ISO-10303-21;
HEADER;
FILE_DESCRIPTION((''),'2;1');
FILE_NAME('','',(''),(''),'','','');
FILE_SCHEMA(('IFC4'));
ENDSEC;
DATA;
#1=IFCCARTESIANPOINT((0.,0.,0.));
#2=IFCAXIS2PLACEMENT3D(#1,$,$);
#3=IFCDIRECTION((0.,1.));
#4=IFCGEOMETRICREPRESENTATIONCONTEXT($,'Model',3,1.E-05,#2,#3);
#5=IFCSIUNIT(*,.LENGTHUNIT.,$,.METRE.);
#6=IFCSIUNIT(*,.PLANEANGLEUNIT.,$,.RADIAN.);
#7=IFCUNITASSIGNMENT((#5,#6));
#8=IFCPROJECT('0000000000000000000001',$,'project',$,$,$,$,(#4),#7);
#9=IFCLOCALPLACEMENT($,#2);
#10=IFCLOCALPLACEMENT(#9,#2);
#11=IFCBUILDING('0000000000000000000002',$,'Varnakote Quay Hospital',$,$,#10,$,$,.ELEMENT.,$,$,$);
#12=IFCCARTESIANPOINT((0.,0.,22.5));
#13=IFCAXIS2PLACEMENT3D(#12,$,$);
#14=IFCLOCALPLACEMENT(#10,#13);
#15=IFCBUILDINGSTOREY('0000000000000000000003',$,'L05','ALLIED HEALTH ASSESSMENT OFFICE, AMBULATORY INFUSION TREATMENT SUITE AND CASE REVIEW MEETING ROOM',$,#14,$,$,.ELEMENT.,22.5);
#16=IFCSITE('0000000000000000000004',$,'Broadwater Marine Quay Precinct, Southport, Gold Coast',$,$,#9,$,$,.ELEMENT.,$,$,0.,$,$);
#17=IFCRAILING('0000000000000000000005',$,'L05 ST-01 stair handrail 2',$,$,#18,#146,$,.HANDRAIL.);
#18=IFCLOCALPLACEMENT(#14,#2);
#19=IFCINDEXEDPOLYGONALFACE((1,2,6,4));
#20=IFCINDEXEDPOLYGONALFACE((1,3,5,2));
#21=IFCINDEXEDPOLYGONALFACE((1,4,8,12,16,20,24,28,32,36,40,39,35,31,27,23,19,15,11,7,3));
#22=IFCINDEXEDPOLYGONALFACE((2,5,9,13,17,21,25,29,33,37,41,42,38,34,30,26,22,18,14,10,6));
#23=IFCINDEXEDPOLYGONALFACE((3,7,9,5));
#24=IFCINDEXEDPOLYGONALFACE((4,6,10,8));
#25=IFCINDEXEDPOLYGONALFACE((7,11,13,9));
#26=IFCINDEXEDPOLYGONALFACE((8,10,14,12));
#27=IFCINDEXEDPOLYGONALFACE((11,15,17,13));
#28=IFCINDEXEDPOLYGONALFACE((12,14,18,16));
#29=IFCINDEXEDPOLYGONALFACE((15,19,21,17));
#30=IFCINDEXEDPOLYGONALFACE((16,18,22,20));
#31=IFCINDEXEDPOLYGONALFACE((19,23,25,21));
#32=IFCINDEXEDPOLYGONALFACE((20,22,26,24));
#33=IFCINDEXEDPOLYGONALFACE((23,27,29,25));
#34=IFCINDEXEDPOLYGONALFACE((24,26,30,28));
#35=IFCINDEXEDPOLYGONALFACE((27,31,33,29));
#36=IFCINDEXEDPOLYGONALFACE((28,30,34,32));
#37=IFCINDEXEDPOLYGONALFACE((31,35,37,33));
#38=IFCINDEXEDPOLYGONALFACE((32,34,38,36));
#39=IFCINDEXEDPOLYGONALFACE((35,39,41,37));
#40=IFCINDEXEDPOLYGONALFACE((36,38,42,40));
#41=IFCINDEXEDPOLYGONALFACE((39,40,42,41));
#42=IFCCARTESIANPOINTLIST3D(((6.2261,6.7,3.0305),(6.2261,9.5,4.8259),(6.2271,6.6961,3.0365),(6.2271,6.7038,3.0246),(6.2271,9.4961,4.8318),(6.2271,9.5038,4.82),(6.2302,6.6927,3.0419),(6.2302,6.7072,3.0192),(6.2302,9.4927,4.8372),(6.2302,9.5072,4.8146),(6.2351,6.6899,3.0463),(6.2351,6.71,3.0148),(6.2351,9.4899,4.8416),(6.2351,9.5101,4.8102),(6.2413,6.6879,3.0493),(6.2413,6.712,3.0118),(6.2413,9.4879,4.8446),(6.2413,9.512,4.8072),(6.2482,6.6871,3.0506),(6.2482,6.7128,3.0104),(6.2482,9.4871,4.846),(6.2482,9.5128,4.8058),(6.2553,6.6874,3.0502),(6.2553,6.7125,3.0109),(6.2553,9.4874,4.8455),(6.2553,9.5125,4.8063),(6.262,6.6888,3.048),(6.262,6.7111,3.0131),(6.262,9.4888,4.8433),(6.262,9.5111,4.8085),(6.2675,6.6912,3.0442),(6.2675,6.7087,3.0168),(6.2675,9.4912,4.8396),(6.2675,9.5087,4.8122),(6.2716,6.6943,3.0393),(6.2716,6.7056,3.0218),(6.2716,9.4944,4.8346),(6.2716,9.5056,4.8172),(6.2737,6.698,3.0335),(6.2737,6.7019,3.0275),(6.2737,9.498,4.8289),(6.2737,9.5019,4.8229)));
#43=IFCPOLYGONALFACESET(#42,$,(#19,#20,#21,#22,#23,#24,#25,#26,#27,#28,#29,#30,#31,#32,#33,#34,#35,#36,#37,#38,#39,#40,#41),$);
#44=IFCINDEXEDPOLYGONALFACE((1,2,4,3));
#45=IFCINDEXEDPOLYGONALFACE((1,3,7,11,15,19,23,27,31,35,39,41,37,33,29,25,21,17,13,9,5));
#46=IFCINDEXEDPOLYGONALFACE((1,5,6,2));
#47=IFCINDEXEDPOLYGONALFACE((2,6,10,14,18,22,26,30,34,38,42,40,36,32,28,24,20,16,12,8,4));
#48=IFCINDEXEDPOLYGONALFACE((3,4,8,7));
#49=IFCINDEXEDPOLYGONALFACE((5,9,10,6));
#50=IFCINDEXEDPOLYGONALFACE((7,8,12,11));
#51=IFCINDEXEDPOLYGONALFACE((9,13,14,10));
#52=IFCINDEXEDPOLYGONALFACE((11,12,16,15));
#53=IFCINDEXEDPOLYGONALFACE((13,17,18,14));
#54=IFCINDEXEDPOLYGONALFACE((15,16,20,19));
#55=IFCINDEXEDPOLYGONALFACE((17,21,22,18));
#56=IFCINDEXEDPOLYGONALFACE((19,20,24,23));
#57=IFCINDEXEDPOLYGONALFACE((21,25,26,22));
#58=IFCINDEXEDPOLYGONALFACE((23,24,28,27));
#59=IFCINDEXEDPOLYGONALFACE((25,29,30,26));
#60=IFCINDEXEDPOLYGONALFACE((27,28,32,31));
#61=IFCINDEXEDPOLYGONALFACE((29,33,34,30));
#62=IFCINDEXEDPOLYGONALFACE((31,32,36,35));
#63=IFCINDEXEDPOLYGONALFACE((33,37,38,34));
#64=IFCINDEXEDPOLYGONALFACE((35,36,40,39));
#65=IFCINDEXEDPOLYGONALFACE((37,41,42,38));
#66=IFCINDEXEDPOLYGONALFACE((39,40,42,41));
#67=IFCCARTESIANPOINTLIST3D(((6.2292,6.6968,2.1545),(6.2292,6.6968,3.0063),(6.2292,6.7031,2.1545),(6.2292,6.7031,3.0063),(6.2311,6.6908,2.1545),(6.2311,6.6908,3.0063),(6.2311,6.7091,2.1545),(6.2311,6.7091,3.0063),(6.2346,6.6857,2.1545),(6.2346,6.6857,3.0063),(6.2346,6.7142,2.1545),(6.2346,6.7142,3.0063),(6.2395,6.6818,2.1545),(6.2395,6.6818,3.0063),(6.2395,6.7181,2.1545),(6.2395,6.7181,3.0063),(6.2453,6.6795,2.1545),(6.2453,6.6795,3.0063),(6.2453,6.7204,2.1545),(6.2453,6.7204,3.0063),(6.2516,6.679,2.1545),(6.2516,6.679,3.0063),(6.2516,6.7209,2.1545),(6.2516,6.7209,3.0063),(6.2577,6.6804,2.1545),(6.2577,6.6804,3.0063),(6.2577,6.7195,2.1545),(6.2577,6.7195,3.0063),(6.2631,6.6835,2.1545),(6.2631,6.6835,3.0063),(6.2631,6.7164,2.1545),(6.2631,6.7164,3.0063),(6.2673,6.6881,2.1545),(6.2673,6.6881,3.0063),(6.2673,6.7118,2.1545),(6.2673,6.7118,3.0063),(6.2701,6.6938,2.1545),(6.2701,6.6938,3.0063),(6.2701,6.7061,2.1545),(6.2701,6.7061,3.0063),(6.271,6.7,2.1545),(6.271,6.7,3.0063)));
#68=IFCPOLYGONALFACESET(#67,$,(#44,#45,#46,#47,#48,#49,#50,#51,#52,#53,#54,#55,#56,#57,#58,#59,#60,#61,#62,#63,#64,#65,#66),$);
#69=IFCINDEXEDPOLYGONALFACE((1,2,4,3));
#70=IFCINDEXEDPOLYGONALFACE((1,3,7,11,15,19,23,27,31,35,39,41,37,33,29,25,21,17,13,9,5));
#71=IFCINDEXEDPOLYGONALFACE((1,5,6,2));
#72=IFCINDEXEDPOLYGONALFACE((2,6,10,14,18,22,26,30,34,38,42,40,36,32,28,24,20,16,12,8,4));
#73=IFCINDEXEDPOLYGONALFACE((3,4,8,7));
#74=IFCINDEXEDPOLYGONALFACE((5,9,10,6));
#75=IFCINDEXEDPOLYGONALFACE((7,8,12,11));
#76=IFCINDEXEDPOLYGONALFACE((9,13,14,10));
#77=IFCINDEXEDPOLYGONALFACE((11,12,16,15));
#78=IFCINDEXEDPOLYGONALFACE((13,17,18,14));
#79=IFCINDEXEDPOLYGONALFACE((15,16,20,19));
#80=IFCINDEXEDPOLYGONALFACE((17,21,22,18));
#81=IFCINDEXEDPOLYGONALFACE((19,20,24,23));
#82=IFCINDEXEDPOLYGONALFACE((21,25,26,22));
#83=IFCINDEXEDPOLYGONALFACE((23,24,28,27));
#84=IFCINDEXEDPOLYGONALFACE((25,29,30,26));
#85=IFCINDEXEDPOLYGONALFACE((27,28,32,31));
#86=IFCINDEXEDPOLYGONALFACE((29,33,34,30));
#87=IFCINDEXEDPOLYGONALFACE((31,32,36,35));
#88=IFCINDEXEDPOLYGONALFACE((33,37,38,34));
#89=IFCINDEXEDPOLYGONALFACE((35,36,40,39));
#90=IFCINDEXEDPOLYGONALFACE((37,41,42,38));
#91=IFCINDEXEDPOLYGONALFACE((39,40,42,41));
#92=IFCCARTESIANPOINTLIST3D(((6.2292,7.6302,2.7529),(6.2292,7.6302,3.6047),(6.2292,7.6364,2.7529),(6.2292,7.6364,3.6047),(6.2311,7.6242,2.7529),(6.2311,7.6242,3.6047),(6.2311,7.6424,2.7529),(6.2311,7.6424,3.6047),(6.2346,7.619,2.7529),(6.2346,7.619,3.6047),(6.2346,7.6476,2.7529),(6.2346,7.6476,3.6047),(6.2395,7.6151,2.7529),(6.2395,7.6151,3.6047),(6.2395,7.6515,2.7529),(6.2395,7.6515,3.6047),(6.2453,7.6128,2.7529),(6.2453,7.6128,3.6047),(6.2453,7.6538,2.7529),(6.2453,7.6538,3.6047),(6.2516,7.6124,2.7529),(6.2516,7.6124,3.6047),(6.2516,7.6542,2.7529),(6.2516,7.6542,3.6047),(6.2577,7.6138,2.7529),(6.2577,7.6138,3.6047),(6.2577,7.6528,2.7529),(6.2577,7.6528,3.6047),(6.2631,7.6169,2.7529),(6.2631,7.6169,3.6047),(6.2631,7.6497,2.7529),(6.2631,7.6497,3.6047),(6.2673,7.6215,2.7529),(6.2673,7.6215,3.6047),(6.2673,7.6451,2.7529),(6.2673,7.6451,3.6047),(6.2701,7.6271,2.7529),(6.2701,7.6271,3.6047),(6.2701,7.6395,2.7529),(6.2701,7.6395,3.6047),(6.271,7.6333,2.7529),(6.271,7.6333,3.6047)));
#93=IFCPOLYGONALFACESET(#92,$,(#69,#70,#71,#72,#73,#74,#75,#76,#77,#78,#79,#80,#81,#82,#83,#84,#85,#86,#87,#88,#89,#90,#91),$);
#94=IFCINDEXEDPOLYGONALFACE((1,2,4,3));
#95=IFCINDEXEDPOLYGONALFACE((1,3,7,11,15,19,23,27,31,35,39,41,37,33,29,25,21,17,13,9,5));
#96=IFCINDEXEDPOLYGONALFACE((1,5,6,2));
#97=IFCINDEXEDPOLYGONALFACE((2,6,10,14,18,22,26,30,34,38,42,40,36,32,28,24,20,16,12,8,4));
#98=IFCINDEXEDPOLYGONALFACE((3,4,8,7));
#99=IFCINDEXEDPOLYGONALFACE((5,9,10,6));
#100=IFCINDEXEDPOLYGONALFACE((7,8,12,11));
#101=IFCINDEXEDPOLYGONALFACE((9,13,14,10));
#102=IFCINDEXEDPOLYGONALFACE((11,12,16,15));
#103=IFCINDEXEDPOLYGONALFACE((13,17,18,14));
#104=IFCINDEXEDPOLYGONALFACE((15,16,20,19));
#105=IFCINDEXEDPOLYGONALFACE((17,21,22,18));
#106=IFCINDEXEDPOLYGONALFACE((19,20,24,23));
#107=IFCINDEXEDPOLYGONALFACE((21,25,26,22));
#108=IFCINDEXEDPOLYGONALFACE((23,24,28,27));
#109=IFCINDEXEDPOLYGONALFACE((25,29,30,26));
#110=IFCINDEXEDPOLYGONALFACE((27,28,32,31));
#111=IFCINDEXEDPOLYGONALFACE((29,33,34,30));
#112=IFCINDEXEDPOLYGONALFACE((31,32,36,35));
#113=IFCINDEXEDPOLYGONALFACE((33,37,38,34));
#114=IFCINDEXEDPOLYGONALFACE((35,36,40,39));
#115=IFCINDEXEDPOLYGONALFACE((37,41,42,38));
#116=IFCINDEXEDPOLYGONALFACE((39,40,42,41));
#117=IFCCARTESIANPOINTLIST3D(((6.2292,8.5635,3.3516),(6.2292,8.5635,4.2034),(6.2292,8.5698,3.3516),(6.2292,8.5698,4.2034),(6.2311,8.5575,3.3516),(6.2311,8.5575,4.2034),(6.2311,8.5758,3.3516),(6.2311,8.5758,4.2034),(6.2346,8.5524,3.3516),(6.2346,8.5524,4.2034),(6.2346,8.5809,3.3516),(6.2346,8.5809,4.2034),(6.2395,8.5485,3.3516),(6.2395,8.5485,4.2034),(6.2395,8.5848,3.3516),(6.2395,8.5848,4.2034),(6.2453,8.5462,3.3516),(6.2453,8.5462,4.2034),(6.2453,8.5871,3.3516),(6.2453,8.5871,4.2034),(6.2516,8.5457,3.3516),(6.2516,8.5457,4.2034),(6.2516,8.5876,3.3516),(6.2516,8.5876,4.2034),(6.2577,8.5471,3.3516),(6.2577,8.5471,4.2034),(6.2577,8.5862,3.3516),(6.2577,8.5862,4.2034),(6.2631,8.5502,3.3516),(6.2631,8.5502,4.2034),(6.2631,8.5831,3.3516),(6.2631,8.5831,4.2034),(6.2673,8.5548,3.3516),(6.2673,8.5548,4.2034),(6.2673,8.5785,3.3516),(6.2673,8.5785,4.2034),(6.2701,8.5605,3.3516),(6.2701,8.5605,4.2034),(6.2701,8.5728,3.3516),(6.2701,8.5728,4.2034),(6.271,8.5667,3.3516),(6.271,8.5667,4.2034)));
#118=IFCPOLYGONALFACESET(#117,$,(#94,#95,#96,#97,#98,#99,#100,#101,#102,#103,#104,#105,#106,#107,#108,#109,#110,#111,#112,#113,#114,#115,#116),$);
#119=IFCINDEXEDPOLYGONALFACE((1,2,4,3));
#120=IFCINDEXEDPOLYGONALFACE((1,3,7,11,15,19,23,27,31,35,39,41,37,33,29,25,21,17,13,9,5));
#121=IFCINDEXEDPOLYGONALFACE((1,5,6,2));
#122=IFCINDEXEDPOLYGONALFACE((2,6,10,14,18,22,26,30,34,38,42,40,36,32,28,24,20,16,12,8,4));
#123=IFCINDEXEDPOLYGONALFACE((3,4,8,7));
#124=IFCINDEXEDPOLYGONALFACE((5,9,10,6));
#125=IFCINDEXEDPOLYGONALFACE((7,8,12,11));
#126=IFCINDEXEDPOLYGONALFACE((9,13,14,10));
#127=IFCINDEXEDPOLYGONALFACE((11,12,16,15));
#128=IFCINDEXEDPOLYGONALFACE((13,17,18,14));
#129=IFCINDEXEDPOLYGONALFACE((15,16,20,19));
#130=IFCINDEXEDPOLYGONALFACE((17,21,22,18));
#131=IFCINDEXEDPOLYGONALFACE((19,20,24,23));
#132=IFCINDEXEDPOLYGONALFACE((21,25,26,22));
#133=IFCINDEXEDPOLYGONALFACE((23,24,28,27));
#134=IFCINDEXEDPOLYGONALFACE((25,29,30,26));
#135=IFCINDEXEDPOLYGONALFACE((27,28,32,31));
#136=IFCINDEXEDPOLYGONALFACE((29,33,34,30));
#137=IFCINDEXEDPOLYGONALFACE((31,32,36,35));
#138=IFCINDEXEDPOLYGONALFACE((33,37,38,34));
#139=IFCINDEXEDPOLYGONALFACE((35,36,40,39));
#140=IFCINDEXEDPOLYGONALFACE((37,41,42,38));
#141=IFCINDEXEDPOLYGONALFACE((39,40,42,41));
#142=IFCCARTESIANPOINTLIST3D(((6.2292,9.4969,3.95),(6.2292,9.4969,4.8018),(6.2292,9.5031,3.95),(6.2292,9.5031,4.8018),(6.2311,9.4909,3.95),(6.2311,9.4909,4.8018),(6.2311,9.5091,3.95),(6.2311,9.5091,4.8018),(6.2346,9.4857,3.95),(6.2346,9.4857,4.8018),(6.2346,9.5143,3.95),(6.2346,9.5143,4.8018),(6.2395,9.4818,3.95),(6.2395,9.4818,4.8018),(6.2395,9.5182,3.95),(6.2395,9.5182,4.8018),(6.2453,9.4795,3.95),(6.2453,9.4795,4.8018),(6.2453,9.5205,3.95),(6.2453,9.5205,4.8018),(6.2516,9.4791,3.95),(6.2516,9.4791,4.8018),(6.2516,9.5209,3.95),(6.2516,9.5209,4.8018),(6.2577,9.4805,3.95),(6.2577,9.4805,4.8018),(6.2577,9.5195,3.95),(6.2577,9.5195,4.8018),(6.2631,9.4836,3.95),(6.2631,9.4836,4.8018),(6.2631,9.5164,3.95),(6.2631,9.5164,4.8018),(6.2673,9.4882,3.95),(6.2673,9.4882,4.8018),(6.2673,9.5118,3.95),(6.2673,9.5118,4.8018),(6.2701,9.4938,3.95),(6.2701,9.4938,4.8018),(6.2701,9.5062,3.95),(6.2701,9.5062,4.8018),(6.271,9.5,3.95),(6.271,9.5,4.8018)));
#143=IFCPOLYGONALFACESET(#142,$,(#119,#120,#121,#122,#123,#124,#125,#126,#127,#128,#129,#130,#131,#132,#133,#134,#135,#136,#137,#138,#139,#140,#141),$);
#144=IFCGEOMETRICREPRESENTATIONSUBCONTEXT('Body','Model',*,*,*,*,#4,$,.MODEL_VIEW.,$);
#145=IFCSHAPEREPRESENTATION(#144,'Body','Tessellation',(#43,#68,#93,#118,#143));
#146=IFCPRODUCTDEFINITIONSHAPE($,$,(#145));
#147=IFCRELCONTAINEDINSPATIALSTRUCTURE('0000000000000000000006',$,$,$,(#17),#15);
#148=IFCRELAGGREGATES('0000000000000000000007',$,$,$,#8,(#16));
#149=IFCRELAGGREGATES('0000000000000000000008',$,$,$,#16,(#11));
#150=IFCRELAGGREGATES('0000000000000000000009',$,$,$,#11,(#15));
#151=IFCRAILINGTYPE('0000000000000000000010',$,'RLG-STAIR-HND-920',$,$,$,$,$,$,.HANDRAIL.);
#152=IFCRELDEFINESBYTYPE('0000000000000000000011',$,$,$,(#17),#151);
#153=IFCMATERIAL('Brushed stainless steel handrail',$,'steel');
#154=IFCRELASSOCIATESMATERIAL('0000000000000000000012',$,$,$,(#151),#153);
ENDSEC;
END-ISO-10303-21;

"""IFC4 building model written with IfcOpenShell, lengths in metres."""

from ifc_helpers import new_model, si_unit, direction, frame, origin, origin_2d, place, context, subcontext, project, spatial, circle, extrude, material, type_object, element, save


model = new_model("IFC4")

# Units and contexts
model_context = context("Model", 3, precision=1e-05, world=origin(), true_north=direction((0.0, 1.0)))
body_context = subcontext(model_context, "Body", "Model", "MODEL_VIEW")
ifc_project = project(units=[si_unit("LENGTHUNIT", "METRE"), si_unit("PLANEANGLEUNIT", "RADIAN")], contexts=[model_context])

# Site, building, storey
site_placement = place(None, origin())
site = spatial("IfcSite", under=ifc_project, at=site_placement, Name="Broadwater Marine Quay Precinct, Southport, Gold Coast", CompositionType="ELEMENT", RefElevation=0.0)
building_placement = place(site_placement, origin())
building = spatial("IfcBuilding", under=site, at=building_placement, Name="Varnakote Quay Hospital", CompositionType="ELEMENT")
storey_placement = place(building_placement, frame((0.0, 0.0, 22.5)))
storey = spatial("IfcBuildingStorey", under=building, at=storey_placement, Name="L05", Description="ALLIED HEALTH ASSESSMENT OFFICE, AMBULATORY INFUSION TREATMENT SUITE AND CASE REVIEW MEETING ROOM", CompositionType="ELEMENT", Elevation=22.5)

# Railing
ifc_material_1 = material(Name="Brushed stainless steel handrail", Category="steel")
railing_type_1 = type_object("IfcRailingType", Name="RLG-STAIR-HND-920", PredefinedType="HANDRAIL", material=ifc_material_1)
railing_1_placement = place(storey_placement, frame((6.25, 6.7, 2.1545)))
element("IfcRailing", 1, at=railing_1_placement, inside=storey, type_object=railing_type_1, Name="L05 ST-01 stair handrail 2", PredefinedType="HANDRAIL", context=body_context, shape_type="SweptSolid", body=[
    extrude(circle(Radius=0.0239, at=origin_2d()), frame((0.0, 0.0, 0.876), z_axis=(0.0, 0.84181, 0.539774), x_axis=(-1.0, 0.0, 0.0)), (0.0, 0.0, 1.0), 3.3262),
    extrude(circle(Radius=0.021, at=origin_2d()), origin(), (0.0, 0.0, 1.0), 0.8518),
    extrude(circle(Radius=0.021, at=origin_2d()), frame((0.0, 0.9333, 0.5984)), (0.0, 0.0, 1.0), 0.8518),
    extrude(circle(Radius=0.021, at=origin_2d()), frame((0.0, 1.8667, 1.197)), (0.0, 0.0, 1.0), 0.8518),
    extrude(circle(Radius=0.021, at=origin_2d()), frame((0.0, 2.8, 1.7954)), (0.0, 0.0, 1.0), 0.8518),
])

save(model, "model.ifc")
